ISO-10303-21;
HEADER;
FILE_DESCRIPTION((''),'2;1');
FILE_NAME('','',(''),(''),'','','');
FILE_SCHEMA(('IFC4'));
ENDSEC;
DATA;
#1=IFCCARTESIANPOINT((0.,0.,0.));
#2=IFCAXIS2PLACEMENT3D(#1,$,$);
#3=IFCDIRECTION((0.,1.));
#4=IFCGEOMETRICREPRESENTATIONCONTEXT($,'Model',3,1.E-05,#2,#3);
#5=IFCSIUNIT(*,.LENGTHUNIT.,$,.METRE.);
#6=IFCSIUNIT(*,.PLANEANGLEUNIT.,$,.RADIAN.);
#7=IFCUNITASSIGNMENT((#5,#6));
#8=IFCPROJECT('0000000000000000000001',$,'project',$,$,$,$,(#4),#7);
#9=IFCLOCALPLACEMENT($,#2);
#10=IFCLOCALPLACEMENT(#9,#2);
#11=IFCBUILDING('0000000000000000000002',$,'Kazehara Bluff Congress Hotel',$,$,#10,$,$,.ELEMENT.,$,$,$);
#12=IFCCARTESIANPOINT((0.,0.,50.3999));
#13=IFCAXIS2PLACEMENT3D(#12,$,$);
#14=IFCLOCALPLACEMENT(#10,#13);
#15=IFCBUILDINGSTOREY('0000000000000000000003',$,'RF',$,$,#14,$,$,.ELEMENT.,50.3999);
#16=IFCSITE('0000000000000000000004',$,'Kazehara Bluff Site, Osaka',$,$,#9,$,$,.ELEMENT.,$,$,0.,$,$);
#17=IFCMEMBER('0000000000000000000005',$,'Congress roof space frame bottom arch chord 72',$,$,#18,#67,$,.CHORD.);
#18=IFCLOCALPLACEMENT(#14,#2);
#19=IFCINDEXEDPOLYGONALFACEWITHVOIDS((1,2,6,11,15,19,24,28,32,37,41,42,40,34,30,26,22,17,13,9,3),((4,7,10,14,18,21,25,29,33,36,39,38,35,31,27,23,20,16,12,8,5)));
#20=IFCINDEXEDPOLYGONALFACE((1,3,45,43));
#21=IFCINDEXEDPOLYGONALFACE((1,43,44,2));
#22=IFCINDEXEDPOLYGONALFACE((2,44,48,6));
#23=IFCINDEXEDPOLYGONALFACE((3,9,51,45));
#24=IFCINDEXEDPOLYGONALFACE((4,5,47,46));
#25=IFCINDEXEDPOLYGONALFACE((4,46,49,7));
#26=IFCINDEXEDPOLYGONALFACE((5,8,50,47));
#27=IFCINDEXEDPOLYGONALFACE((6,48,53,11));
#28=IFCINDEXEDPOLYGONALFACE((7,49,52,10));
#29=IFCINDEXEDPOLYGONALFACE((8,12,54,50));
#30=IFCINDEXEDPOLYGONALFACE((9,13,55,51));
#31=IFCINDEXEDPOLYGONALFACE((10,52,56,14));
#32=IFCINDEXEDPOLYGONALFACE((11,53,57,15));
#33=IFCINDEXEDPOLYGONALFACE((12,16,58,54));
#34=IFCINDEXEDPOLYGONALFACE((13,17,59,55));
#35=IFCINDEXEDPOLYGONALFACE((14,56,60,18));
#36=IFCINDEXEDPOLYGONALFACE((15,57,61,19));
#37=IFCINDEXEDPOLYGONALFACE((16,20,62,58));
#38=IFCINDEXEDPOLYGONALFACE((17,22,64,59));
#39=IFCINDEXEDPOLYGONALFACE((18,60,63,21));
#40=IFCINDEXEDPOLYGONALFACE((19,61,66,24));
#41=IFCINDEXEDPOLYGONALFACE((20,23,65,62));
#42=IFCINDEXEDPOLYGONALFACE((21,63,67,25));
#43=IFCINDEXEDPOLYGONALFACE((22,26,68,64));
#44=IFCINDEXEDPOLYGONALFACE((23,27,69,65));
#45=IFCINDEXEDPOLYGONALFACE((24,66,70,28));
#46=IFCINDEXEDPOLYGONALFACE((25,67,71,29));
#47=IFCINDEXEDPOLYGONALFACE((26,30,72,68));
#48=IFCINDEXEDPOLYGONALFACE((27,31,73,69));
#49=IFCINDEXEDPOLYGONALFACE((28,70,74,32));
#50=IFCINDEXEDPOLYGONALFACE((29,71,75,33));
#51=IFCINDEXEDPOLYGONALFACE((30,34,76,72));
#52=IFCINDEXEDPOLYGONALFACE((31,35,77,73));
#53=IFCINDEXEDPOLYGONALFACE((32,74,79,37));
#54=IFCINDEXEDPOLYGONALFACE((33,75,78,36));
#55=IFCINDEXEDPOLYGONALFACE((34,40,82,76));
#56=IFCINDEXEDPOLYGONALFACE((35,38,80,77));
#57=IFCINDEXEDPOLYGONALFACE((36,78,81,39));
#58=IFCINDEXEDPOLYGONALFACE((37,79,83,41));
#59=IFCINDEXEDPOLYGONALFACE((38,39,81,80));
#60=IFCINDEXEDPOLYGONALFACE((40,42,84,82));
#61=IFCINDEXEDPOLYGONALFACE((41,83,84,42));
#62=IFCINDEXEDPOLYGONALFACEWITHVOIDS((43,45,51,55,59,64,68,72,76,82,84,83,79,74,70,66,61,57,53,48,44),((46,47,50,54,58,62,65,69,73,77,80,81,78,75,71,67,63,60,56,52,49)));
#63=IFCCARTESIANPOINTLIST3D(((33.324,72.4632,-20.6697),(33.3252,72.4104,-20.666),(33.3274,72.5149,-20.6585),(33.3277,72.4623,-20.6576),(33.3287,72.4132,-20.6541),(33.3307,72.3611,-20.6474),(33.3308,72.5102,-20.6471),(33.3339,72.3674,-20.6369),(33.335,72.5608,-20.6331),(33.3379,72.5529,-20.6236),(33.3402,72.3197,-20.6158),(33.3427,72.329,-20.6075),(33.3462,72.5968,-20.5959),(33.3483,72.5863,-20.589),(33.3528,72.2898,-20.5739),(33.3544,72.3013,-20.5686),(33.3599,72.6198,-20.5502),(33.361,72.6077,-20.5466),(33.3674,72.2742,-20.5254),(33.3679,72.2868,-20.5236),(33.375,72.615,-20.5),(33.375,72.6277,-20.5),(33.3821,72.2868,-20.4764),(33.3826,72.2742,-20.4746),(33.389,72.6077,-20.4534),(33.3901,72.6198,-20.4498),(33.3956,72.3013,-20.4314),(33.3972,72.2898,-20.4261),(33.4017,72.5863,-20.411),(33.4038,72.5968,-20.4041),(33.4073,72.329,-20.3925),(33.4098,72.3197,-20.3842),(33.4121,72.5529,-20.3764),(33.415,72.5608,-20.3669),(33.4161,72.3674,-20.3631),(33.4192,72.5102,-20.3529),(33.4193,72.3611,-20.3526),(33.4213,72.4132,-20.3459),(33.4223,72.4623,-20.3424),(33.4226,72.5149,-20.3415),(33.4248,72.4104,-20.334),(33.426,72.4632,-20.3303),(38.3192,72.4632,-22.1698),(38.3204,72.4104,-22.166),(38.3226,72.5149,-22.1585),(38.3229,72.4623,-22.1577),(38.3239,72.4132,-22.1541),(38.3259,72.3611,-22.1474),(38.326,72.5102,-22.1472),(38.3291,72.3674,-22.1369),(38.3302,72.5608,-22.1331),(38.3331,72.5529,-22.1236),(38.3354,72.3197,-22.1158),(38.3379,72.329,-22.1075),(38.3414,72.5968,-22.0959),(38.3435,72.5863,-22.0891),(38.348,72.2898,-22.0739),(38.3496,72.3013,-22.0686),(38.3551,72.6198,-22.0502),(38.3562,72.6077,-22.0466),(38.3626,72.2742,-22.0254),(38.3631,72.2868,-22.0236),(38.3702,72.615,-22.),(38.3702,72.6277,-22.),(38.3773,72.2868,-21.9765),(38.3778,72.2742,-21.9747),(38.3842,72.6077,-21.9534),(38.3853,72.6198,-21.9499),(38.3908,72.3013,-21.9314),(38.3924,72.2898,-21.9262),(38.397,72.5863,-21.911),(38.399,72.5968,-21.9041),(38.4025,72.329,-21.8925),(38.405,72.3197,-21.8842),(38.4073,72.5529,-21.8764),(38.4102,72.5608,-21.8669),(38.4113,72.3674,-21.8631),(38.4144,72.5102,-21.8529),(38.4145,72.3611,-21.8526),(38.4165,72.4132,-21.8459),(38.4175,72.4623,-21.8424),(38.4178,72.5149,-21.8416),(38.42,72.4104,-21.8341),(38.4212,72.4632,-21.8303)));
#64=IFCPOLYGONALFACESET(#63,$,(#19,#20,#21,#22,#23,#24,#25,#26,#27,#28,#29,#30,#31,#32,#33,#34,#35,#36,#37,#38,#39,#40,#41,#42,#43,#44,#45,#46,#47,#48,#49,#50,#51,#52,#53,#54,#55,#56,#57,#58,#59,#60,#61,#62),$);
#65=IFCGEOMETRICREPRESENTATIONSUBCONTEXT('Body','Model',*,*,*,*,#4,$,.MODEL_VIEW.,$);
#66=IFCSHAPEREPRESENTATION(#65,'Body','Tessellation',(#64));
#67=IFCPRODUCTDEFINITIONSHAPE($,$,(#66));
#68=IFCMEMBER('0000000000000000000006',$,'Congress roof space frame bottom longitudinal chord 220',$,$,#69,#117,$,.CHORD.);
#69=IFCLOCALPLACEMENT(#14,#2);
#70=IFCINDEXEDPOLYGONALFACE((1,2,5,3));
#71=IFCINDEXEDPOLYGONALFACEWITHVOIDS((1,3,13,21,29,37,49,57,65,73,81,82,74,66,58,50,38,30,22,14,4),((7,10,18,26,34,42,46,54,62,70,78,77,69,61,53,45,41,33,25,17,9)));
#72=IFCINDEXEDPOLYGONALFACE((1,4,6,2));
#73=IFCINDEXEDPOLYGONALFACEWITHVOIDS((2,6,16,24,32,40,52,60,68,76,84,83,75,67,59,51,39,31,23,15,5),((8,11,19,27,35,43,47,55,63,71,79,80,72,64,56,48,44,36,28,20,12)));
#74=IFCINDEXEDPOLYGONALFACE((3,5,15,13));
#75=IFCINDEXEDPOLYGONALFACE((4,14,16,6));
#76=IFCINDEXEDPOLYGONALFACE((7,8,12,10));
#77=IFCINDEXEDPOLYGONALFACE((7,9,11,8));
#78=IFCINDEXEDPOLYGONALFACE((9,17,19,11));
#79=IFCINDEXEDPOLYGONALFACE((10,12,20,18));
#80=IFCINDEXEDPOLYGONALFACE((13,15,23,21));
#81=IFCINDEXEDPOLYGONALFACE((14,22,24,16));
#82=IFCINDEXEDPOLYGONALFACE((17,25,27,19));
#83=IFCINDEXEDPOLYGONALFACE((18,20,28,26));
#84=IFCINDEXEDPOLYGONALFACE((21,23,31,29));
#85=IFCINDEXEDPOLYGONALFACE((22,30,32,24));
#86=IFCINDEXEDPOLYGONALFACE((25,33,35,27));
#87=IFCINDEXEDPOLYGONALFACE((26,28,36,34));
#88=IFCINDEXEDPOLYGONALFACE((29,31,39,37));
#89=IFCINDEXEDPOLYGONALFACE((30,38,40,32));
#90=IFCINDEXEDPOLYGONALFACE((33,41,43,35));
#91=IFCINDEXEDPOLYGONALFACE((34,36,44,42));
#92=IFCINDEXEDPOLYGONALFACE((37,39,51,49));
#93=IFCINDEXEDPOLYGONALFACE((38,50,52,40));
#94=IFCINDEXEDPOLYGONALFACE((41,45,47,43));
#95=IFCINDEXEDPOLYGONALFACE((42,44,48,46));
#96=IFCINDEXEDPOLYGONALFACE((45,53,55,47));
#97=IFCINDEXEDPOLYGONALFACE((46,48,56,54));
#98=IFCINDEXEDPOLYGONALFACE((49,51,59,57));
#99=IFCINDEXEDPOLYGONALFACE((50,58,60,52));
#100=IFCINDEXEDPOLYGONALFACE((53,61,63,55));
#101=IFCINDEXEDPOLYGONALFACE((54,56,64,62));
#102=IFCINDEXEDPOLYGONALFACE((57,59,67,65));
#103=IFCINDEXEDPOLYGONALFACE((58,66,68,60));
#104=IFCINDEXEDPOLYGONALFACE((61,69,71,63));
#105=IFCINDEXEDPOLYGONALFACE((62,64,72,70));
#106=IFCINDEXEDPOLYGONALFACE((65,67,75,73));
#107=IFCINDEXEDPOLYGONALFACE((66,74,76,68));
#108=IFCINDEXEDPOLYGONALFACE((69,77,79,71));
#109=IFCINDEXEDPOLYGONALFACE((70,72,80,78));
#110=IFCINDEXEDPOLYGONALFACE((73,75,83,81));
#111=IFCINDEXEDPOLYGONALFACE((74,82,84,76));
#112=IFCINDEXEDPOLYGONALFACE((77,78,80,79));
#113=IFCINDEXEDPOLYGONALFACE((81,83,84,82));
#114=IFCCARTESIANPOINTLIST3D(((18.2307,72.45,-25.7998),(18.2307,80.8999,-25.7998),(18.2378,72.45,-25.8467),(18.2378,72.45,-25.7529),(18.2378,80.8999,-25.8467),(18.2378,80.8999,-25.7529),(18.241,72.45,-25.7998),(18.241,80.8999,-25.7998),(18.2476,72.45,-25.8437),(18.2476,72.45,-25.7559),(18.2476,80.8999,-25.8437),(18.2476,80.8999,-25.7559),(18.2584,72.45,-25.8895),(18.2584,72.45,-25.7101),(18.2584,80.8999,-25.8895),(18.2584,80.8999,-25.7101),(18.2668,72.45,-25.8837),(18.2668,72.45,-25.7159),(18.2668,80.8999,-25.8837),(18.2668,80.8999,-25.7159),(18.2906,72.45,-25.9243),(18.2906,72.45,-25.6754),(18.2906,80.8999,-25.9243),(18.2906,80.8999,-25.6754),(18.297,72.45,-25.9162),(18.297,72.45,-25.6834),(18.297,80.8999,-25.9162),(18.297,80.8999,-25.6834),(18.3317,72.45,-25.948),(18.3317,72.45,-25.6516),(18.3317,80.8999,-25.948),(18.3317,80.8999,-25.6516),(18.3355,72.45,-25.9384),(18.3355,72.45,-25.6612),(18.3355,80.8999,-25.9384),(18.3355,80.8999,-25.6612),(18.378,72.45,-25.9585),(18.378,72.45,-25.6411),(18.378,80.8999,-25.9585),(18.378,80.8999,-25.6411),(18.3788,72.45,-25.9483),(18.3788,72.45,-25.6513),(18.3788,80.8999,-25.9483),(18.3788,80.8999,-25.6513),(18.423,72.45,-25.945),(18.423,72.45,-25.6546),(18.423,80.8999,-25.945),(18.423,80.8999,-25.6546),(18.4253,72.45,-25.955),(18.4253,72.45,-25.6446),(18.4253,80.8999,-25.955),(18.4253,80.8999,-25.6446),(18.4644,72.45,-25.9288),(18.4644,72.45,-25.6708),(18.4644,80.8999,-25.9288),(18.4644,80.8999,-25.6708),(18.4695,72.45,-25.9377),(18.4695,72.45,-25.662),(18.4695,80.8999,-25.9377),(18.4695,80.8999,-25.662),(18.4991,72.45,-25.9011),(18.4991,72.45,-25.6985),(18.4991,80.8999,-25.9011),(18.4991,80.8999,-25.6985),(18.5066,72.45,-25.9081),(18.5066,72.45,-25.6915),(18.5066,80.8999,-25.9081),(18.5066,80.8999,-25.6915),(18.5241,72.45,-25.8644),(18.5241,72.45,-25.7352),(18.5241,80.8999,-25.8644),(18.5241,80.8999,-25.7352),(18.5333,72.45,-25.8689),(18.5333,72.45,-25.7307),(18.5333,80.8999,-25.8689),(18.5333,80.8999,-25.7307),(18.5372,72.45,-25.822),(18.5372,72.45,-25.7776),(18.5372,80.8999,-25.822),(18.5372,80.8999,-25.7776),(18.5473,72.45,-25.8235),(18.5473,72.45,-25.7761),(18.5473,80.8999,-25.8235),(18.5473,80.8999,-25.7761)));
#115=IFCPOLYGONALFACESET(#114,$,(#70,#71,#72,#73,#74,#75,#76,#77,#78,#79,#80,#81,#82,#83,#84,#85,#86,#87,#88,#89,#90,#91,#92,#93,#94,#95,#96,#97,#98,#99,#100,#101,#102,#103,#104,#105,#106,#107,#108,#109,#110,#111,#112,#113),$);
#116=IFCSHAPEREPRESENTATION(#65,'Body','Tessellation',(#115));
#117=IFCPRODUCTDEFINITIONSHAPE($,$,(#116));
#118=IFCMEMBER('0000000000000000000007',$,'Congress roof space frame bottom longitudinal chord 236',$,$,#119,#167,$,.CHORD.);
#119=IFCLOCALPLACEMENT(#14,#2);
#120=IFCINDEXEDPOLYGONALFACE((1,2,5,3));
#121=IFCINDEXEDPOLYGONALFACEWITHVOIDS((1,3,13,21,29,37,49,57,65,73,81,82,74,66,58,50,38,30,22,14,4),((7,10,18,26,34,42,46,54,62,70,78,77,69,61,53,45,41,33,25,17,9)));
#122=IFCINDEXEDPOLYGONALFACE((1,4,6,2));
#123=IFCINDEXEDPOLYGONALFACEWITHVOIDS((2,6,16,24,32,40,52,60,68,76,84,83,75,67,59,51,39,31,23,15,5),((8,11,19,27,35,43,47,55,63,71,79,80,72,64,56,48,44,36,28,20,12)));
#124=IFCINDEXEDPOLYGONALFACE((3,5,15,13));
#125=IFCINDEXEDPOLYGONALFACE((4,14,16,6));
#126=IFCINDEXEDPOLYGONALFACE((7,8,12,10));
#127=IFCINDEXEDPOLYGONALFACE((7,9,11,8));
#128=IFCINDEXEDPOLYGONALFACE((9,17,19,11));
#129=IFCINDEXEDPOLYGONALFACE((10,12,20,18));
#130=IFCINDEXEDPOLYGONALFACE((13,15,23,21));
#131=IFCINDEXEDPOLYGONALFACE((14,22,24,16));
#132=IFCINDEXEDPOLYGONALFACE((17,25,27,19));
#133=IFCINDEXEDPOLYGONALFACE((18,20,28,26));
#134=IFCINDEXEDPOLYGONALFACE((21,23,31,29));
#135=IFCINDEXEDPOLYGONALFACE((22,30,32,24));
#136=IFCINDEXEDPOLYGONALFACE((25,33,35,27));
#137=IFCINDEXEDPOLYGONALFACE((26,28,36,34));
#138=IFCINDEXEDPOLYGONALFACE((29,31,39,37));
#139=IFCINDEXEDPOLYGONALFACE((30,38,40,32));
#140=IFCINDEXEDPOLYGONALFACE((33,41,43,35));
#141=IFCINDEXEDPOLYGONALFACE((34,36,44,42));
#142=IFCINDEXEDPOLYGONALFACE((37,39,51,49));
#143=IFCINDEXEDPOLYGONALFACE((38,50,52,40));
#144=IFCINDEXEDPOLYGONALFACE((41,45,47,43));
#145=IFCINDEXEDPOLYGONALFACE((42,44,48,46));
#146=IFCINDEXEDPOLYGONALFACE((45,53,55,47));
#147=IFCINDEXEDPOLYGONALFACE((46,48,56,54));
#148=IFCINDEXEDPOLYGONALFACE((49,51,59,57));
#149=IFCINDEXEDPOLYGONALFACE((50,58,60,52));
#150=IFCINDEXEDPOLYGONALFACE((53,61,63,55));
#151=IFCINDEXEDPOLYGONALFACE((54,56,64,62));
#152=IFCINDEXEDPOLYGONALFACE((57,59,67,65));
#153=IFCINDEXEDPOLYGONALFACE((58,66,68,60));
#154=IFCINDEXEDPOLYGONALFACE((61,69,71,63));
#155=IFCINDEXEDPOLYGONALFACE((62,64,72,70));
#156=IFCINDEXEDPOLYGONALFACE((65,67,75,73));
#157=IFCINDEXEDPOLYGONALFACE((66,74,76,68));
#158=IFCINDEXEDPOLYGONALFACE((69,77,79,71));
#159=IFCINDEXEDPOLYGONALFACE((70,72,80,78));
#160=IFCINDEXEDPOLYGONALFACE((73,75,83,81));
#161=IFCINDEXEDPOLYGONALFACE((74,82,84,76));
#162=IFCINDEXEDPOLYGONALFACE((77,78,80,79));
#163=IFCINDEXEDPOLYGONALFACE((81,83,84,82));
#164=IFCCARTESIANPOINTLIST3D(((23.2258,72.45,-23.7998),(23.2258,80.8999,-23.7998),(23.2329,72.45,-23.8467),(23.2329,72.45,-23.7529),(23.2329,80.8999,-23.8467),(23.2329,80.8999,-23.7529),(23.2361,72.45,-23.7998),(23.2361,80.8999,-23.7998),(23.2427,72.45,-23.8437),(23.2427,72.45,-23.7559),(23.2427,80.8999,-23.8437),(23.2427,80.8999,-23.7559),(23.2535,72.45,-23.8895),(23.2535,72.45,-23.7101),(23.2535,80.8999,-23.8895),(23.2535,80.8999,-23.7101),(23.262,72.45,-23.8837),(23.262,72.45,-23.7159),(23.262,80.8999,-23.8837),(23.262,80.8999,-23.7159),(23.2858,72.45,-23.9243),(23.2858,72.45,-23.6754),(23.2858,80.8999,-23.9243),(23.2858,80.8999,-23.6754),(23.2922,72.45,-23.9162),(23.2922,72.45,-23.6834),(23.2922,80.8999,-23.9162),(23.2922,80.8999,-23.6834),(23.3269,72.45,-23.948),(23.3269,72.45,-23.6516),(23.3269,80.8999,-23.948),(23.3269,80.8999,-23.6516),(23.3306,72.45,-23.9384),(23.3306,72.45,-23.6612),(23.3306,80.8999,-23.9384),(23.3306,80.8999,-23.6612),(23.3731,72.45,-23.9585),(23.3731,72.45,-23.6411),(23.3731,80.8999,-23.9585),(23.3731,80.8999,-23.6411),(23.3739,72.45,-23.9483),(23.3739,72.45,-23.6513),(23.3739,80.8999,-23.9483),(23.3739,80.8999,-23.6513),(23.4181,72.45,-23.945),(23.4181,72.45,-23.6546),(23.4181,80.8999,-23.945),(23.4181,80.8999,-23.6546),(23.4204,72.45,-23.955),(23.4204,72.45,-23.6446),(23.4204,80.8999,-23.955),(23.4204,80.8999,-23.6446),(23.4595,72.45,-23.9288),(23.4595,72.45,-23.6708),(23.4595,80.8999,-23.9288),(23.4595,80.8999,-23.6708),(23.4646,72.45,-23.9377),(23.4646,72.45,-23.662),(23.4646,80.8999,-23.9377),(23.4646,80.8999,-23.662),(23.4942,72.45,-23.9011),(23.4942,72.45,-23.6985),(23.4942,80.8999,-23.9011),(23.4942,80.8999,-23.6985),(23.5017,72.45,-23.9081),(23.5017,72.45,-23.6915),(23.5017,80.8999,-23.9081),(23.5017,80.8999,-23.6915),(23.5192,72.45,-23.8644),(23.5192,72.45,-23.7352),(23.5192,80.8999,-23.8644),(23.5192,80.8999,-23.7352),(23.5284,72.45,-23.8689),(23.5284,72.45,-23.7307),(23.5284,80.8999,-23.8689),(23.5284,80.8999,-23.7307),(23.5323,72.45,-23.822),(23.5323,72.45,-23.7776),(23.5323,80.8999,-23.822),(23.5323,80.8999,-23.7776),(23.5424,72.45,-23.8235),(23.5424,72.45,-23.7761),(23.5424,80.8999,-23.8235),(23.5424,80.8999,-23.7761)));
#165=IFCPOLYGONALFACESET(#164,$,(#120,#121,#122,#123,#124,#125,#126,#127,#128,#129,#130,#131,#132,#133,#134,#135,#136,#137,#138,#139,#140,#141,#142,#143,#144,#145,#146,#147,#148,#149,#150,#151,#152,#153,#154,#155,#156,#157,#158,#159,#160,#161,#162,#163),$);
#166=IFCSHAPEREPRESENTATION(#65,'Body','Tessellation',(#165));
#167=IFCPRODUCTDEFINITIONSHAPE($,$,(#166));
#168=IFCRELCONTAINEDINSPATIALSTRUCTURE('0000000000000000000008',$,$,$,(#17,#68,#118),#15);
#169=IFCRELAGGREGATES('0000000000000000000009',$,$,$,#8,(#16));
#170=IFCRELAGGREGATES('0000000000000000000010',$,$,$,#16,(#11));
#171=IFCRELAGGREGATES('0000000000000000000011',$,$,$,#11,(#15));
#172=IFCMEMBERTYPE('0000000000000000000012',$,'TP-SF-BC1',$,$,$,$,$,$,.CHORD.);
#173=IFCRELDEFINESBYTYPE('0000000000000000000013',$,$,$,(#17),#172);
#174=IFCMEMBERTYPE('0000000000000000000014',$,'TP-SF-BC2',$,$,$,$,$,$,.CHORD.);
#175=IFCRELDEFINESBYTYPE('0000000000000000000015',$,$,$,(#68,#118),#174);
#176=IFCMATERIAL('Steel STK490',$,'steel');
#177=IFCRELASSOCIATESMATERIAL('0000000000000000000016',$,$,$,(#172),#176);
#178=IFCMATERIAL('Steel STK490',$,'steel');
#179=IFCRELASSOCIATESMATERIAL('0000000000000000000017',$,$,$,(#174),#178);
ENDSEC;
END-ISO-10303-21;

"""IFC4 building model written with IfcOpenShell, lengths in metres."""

from ifc_helpers import new_model, si_unit, direction, frame, origin, origin_2d, place, context, subcontext, project, spatial, hollow_circle, extrude, material, material_profile, profile_set, type_object, element, save


model = new_model("IFC4")

# Units and contexts
model_context = context("Model", 3, precision=1e-05, world=origin(), true_north=direction((0.0, 1.0)))
body_context = subcontext(model_context, "Body", "Model", "MODEL_VIEW")
ifc_project = project(units=[si_unit("LENGTHUNIT", "METRE"), si_unit("PLANEANGLEUNIT", "RADIAN")], contexts=[model_context])

# Site, building, storey
site_placement = place(None, origin())
site = spatial("IfcSite", under=ifc_project, at=site_placement, Name="Kazehara Bluff Site, Osaka", CompositionType="ELEMENT", RefElevation=0.0)
building_placement = place(site_placement, origin())
building = spatial("IfcBuilding", under=site, at=building_placement, Name="Kazehara Bluff Congress Hotel", CompositionType="ELEMENT")
storey_placement = place(building_placement, frame((0.0, 0.0, 50.3999)))
storey = spatial("IfcBuildingStorey", under=building, at=storey_placement, Name="RF", CompositionType="ELEMENT", Elevation=50.3999)

# Members
ifc_material_1 = material(Name="Steel STK490", Category="steel")
ifc_material_profile_1 = material_profile(ifc_material_1, hollow_circle(Radius=0.1777, WallThickness=0.0127, at=origin_2d()))
ifc_profile_set_1 = profile_set([ifc_material_profile_1], Name="Steel STK490")
member_type_1 = type_object("IfcMemberType", Name="TP-SF-BC1", PredefinedType="CHORD", material=ifc_profile_set_1)
for number, where, z_axis, x_axis, name in (
    (1, (33.375, 72.45, -20.5), (0.957749, 0.0, -0.287606), (0.0, 1.0, 0.0), "Congress roof space frame bottom arch chord 72"),
):
    element("IfcMember", number, at=place(storey_placement, frame(where, z_axis=z_axis, x_axis=x_axis)), inside=storey, type_object=member_type_1, Name=name, PredefinedType="CHORD", context=body_context, shape_type="SweptSolid", body=[
        extrude(hollow_circle(Radius=0.1777, WallThickness=0.0127, at=origin_2d()), origin(), (0.0, 0.0, 1.0), 5.2156),
    ])
ifc_material_2 = material(Name="Steel STK490", Category="steel")
ifc_material_profile_2 = material_profile(ifc_material_2, hollow_circle(Radius=0.1592, WallThickness=0.0103, at=origin_2d()))
ifc_profile_set_2 = profile_set([ifc_material_profile_2], Name="Steel STK490")
member_type_2 = type_object("IfcMemberType", Name="TP-SF-BC2", PredefinedType="CHORD", material=ifc_profile_set_2)
for number, where, z_axis, x_axis, name in (
    (2, (18.3899, 72.45, -25.7998), (0.0, 1.0, 0.0), (-1.0, 0.0, 0.0), "Congress roof space frame bottom longitudinal chord 220"),
    (3, (23.385, 72.45, -23.7998), (0.0, 1.0, 0.0), (-1.0, 0.0, 0.0), "Congress roof space frame bottom longitudinal chord 236"),
):
    element("IfcMember", number, at=place(storey_placement, frame(where, z_axis=z_axis, x_axis=x_axis)), inside=storey, type_object=member_type_2, Name=name, PredefinedType="CHORD", context=body_context, shape_type="SweptSolid", body=[
        extrude(hollow_circle(Radius=0.1592, WallThickness=0.0103, at=origin_2d()), origin(), (0.0, 0.0, 1.0), 8.45),
    ])

save(model, "model.ifc")
